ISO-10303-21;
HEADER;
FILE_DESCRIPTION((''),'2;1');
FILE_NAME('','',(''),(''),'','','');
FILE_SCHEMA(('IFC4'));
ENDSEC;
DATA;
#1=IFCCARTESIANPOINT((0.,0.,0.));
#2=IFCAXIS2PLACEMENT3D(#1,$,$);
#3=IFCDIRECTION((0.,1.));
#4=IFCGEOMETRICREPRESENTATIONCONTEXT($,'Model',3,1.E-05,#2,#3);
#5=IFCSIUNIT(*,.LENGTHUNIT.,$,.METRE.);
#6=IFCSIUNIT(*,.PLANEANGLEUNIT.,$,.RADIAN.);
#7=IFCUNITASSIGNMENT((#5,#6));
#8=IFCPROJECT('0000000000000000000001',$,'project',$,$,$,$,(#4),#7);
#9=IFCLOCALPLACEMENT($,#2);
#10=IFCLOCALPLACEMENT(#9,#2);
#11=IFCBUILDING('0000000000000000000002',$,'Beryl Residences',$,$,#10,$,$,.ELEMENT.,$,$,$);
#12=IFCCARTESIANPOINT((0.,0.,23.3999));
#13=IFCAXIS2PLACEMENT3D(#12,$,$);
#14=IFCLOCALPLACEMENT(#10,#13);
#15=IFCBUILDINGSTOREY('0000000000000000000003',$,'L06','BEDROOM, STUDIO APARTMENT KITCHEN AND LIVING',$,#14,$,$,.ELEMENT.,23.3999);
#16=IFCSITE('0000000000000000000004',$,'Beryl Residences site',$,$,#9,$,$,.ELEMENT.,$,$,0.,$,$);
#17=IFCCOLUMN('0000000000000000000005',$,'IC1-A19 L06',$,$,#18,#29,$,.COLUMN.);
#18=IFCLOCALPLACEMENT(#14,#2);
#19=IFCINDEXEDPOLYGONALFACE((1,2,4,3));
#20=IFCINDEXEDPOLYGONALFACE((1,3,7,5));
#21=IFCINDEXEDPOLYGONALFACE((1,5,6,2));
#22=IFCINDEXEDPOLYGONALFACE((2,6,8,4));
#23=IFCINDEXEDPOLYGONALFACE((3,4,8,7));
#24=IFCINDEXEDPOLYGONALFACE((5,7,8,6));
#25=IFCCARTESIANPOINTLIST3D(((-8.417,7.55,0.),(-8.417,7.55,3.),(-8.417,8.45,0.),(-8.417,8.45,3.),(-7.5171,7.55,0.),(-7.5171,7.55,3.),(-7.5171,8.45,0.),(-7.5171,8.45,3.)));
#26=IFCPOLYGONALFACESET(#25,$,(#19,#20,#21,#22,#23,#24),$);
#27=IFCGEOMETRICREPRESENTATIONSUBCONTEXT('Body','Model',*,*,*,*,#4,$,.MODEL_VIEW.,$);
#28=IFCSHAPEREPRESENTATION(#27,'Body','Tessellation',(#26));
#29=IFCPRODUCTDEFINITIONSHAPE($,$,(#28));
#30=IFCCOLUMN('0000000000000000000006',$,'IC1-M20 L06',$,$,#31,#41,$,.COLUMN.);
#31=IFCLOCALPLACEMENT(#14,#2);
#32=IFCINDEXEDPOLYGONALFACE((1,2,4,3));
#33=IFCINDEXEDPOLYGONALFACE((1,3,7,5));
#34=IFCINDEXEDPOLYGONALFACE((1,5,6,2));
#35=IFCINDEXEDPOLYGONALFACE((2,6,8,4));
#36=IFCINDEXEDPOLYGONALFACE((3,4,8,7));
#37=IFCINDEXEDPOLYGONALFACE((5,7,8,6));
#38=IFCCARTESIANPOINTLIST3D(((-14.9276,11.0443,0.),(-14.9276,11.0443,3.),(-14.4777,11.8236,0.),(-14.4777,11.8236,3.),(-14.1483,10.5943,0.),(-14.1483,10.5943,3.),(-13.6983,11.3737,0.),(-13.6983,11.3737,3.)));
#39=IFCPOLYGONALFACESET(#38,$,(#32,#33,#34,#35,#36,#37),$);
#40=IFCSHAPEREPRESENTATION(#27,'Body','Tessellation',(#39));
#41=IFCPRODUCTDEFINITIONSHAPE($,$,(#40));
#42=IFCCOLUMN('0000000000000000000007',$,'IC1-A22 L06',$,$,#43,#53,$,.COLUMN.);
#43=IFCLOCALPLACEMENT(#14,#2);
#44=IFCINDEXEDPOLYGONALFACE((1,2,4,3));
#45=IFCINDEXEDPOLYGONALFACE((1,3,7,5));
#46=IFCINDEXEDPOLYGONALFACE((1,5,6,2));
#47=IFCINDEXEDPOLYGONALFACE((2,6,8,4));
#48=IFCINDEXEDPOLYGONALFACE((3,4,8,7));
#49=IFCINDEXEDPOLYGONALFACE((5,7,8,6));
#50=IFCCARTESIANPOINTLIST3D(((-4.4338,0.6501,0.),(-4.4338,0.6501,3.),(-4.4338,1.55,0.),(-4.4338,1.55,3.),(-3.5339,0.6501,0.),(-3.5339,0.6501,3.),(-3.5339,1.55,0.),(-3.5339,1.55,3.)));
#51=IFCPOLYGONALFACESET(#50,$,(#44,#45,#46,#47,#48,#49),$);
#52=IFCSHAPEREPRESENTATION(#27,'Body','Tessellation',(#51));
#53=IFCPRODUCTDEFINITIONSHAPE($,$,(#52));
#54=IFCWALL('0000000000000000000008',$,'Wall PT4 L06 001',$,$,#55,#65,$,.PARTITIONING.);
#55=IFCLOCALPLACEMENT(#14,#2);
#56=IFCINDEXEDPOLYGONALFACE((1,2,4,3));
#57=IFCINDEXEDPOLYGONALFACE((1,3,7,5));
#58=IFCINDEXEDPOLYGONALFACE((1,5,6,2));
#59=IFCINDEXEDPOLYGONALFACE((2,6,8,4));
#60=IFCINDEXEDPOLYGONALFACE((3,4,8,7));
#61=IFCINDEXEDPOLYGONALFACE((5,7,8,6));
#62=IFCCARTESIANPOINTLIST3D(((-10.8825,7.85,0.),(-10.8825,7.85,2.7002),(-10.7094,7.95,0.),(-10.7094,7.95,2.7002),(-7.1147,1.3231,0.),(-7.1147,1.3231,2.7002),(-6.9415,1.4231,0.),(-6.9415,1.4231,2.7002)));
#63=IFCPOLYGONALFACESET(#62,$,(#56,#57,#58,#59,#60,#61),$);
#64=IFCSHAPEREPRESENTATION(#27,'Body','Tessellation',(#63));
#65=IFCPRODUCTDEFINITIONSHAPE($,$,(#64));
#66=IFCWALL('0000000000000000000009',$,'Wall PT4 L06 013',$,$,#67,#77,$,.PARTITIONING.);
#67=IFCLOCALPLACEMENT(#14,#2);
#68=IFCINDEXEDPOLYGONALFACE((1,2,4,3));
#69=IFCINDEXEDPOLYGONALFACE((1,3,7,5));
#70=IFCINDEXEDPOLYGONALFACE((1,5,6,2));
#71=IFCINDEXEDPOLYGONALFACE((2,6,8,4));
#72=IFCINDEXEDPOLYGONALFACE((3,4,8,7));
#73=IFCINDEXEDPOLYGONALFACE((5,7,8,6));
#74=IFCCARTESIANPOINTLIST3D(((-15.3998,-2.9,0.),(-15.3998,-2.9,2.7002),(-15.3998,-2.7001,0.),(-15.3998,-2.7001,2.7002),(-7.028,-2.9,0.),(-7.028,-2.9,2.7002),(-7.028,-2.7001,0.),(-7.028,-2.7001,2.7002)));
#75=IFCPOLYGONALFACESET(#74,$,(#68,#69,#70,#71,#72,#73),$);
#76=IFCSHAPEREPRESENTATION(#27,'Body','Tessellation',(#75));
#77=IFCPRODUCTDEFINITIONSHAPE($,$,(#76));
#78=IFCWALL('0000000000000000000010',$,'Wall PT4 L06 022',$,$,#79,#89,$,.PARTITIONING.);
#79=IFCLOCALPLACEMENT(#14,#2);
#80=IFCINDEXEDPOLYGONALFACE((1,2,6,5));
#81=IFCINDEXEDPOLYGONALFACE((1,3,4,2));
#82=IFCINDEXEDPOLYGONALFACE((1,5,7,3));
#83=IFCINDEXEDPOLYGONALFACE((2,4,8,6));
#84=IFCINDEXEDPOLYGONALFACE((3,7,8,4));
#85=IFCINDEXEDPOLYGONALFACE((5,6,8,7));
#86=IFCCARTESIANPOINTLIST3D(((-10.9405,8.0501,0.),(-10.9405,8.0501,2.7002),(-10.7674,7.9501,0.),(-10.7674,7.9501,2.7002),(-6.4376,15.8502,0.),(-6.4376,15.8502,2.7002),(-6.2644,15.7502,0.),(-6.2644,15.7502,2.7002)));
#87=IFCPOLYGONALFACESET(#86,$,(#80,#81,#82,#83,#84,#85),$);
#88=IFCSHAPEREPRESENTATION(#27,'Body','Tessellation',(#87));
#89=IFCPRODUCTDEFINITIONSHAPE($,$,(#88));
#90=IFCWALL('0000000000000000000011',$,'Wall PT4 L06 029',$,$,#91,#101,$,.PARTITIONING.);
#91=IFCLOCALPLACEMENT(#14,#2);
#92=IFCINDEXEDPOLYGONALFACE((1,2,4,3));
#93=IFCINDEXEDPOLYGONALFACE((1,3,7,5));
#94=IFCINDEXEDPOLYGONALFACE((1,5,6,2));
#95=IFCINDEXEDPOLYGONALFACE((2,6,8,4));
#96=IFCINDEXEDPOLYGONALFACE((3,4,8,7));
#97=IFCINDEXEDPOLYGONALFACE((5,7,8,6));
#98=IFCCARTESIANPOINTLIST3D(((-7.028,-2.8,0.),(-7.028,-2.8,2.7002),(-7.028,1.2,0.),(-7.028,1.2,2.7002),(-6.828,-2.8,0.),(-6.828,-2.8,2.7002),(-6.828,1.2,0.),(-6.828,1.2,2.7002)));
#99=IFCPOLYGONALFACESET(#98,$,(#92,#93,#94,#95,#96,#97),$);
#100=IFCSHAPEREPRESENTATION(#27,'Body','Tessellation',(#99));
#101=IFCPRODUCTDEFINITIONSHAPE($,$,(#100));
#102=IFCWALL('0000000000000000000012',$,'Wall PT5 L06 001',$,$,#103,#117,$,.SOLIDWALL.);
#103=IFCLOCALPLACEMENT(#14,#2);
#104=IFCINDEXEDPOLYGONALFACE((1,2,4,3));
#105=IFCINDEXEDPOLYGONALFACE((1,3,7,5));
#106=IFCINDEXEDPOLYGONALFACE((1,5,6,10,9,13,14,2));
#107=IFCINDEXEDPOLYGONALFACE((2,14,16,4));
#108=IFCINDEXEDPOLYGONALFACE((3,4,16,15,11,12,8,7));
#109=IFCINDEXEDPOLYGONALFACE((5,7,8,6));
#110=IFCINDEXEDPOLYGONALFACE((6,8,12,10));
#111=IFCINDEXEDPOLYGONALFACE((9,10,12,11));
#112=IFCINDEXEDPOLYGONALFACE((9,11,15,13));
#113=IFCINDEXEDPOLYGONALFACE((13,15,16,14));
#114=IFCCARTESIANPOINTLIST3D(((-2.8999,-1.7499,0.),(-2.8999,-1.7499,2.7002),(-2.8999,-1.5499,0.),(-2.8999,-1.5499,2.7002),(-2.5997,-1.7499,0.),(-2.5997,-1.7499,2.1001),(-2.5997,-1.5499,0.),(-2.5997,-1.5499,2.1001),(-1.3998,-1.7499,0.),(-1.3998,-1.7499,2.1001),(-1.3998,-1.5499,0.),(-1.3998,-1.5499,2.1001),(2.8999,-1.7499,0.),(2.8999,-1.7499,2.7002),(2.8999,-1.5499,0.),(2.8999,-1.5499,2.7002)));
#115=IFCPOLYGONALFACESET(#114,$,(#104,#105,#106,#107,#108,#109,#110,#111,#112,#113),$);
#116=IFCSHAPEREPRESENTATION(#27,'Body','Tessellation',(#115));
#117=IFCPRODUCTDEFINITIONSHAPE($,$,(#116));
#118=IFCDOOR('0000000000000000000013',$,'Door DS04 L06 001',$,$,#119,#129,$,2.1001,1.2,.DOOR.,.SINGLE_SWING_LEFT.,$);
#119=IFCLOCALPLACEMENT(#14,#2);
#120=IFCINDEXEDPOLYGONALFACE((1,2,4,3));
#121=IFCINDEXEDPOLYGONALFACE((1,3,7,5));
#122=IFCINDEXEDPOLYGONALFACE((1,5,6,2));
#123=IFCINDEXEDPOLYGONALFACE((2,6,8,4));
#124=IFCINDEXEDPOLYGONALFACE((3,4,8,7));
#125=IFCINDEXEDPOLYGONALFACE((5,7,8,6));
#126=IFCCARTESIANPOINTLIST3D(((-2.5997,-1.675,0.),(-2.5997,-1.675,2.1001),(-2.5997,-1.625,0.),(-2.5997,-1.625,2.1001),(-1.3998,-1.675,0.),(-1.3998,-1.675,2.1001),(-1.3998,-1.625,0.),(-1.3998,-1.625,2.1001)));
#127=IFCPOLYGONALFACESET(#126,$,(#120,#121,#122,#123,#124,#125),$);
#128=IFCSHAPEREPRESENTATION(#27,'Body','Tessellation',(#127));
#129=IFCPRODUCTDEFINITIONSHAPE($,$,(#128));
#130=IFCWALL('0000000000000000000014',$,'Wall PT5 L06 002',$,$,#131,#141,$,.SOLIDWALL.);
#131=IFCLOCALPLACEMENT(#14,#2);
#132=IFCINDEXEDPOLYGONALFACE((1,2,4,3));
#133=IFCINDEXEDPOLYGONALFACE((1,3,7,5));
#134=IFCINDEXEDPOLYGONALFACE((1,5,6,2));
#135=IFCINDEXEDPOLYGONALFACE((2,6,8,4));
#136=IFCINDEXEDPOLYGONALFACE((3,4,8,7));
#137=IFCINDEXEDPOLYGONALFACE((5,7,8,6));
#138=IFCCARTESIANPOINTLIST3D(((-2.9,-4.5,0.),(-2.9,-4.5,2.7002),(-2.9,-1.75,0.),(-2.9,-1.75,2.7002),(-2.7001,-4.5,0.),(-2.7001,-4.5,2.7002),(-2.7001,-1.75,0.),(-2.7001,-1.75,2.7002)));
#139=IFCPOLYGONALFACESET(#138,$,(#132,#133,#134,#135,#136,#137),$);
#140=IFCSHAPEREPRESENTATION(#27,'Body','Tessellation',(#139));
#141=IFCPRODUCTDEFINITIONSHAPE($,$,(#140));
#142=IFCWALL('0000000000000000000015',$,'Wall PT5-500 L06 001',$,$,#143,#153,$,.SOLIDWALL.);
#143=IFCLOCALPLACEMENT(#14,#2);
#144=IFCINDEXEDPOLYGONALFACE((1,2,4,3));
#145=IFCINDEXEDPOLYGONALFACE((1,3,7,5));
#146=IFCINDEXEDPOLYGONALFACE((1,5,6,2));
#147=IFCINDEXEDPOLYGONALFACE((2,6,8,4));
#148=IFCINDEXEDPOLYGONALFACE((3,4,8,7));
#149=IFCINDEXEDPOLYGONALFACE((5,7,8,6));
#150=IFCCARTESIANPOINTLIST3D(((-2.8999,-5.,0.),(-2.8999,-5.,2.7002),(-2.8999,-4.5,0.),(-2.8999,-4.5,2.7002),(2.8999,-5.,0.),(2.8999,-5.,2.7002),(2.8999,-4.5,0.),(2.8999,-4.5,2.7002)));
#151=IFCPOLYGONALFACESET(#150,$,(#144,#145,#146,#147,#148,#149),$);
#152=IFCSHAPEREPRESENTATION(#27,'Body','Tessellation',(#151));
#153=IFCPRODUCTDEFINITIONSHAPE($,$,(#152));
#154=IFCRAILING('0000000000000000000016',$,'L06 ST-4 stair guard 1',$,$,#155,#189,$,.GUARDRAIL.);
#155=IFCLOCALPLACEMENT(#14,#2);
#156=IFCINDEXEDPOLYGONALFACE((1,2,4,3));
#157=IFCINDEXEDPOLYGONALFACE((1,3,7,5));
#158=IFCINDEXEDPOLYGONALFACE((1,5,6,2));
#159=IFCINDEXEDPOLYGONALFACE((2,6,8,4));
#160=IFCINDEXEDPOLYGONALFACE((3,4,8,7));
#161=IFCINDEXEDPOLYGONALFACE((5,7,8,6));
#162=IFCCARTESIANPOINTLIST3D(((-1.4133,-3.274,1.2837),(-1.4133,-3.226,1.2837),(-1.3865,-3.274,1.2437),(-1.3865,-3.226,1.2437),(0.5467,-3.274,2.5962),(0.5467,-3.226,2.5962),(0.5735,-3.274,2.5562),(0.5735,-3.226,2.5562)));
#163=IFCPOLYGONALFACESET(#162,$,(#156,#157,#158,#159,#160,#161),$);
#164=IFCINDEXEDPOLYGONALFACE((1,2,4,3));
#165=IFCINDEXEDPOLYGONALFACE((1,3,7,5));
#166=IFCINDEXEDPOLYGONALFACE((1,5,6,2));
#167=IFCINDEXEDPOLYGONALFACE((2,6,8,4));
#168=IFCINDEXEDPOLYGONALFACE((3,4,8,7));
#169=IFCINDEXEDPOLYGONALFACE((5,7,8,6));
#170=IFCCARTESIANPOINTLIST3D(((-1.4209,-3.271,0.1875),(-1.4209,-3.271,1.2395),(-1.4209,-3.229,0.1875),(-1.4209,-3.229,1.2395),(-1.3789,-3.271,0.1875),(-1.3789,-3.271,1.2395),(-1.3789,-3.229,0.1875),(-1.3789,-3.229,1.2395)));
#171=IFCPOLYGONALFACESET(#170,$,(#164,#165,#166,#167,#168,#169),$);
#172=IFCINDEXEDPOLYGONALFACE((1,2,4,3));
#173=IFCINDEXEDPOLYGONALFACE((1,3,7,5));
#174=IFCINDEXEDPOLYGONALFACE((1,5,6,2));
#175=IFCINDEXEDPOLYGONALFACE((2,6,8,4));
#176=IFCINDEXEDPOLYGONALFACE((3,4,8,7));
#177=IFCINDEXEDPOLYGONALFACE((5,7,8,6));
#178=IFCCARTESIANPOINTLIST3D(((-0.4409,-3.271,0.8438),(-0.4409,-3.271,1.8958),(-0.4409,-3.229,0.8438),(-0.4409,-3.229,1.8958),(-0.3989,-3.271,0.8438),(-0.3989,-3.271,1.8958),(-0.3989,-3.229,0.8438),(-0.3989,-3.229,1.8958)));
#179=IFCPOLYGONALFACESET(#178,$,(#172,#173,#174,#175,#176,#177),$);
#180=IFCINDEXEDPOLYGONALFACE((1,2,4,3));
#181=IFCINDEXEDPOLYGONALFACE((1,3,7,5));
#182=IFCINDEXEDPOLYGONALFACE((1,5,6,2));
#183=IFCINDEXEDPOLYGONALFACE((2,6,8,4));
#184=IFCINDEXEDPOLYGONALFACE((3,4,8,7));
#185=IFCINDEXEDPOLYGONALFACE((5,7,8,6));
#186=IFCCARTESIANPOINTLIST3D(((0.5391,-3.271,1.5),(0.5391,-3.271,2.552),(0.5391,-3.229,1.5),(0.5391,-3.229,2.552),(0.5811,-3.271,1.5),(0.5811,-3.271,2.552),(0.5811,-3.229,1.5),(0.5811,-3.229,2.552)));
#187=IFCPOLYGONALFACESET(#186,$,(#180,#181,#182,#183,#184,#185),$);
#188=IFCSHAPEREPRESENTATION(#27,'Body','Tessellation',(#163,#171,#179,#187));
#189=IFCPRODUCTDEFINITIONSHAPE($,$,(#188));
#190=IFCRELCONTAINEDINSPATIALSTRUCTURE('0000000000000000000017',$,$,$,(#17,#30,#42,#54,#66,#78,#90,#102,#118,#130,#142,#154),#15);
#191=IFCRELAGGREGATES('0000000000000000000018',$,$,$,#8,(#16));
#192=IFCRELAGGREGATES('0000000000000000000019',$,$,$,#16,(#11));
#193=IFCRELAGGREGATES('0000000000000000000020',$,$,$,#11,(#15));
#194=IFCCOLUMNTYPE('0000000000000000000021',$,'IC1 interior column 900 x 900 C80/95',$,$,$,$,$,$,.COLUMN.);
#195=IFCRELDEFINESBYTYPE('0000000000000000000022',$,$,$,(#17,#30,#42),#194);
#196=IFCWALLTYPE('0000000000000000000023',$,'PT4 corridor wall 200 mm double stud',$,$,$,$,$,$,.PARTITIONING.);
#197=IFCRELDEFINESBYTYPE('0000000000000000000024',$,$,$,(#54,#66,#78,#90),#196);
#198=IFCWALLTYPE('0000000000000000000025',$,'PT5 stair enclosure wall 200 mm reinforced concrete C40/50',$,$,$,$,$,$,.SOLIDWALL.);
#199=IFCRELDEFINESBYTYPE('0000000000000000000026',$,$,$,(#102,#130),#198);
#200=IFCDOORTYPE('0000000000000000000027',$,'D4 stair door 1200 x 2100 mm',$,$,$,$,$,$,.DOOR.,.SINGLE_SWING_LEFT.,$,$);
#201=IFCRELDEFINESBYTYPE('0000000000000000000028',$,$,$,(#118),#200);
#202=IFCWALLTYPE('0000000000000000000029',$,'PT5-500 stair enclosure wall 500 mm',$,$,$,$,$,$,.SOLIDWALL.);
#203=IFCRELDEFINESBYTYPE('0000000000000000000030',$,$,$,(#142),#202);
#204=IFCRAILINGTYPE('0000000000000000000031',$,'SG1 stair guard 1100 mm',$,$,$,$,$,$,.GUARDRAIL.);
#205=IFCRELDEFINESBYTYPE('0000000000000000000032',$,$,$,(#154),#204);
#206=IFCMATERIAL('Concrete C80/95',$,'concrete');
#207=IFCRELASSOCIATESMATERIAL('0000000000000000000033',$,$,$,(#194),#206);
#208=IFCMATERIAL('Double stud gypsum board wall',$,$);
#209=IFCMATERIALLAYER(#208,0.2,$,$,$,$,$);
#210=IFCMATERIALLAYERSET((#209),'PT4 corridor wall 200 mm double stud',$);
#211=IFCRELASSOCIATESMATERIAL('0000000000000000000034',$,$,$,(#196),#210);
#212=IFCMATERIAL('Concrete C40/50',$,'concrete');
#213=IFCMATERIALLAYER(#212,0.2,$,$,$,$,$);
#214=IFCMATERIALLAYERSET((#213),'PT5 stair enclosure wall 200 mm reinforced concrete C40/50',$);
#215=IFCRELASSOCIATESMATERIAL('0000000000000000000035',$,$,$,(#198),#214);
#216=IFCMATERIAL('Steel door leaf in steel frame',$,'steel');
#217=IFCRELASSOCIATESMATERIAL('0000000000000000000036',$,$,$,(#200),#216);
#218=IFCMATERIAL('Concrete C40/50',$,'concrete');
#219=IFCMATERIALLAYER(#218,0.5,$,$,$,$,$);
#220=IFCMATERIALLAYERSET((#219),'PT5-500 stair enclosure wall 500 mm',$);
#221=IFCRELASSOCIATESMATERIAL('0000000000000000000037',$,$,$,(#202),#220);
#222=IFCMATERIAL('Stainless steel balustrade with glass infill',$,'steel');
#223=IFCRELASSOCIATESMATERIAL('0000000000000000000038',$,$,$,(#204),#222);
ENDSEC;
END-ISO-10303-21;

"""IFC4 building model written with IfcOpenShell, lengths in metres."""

from ifc_helpers import new_model, si_unit, direction, frame, frame_2d, origin, origin_2d, place, context, subcontext, project, spatial, rectangle, extrude, material, layer, layer_set, material_profile, profile_set, type_object, element, fill, save


model = new_model("IFC4")

# Units and contexts
model_context = context("Model", 3, precision=1e-05, world=origin(), true_north=direction((0.0, 1.0)))
body_context = subcontext(model_context, "Body", "Model", "MODEL_VIEW")
ifc_project = project(units=[si_unit("LENGTHUNIT", "METRE"), si_unit("PLANEANGLEUNIT", "RADIAN")], contexts=[model_context])

# Site, building, storey
site_placement = place(None, origin())
site = spatial("IfcSite", under=ifc_project, at=site_placement, Name="Beryl Residences site", CompositionType="ELEMENT", RefElevation=0.0)
building_placement = place(site_placement, origin())
building = spatial("IfcBuilding", under=site, at=building_placement, Name="Beryl Residences", CompositionType="ELEMENT")
storey_placement = place(building_placement, frame((0.0, 0.0, 23.3999)))
storey = spatial("IfcBuildingStorey", under=building, at=storey_placement, Name="L06", Description="BEDROOM, STUDIO APARTMENT KITCHEN AND LIVING", CompositionType="ELEMENT", Elevation=23.3999)

# Columns
ifc_material_1 = material(Name="Concrete C80/95", Category="concrete")
ifc_material_profile = material_profile(ifc_material_1, rectangle(XDim=0.8999, YDim=0.8999, at=origin_2d()))
ifc_profile_set = profile_set([ifc_material_profile], Name="Concrete C80/95")
column_type = type_object("IfcColumnType", Name="IC1 interior column 900 x 900 C80/95", PredefinedType="COLUMN", material=ifc_profile_set)
for number, where, z_axis, x_axis, name in (
    (1, (-7.967, 8.0, 0.0), (0.0, 0.0, 1.0), (1.0, 0.0, 0.0), "IC1-A19 L06"),
    (2, (-14.313, 11.209, 0.0), (0.0, 0.0, 1.0), (-0.499985, -0.866034, 0.0), "IC1-M20 L06"),
    (3, (-3.9839, 1.1001, 0.0), (0.0, 0.0, 1.0), (1.0, 0.0, 0.0), "IC1-A22 L06"),
):
    element("IfcColumn", number, at=place(storey_placement, frame(where, z_axis=z_axis, x_axis=x_axis)), inside=storey, type_object=column_type, Name=name, PredefinedType="COLUMN", context=body_context, shape_type="SweptSolid", body=[
        extrude(rectangle(XDim=0.8999, YDim=0.8999, at=origin_2d()), origin(), (0.0, 0.0, 1.0), 3.0),
    ])

# Walls
ifc_material_2 = material(Name="Double stud gypsum board wall")
ifc_layer_1 = layer(ifc_material_2, 0.2)
ifc_layer_set_1 = layer_set([ifc_layer_1], Name="PT4 corridor wall 200 mm double stud")
wall_type_1 = type_object("IfcWallType", Name="PT4 corridor wall 200 mm double stud", PredefinedType="PARTITIONING", material=ifc_layer_set_1)
wall_1_placement = place(storey_placement, frame((-10.7959, 7.8999, 0.0), z_axis=(0.0, 0.0, 1.0), x_axis=(0.499954, -0.866052, 0.0)))
element("IfcWall", 4, at=wall_1_placement, inside=storey, type_object=wall_type_1, Name="Wall PT4 L06 001", PredefinedType="PARTITIONING", context=body_context, shape_type="SweptSolid", body=[
    extrude(rectangle(XDim=7.5364, YDim=0.2, at=frame_2d((3.7681, 0.0))), origin(), (0.0, 0.0, 1.0), 2.7002),
])
wall_2_placement = place(storey_placement, frame((-15.3999, -2.8, 0.0), z_axis=(0.0, 0.0, 1.0), x_axis=(1.0, 0.0, 0.0)))
element("IfcWall", 5, at=wall_2_placement, inside=storey, type_object=wall_type_1, Name="Wall PT4 L06 013", PredefinedType="PARTITIONING", context=body_context, shape_type="SweptSolid", body=[
    extrude(rectangle(XDim=8.3718, YDim=0.2, at=frame_2d((4.186, 0.0))), origin(), (0.0, 0.0, 1.0), 2.7002),
])
wall_3_placement = place(storey_placement, frame((-10.854, 8.0, 0.0), z_axis=(0.0, 0.0, 1.0), x_axis=(0.499964, 0.866046, 0.0)))
element("IfcWall", 6, at=wall_3_placement, inside=storey, type_object=wall_type_1, Name="Wall PT4 L06 022", PredefinedType="PARTITIONING", context=body_context, shape_type="SweptSolid", body=[
    extrude(rectangle(XDim=9.0066, YDim=0.2, at=frame_2d((4.5034, 0.0))), origin(), (0.0, 0.0, 1.0), 2.7002),
])
wall_4_placement = place(storey_placement, frame((-6.928, -2.8, 0.0), z_axis=(0.0, 0.0, 1.0), x_axis=(0.0, 1.0, 0.0)))
element("IfcWall", 7, at=wall_4_placement, inside=storey, type_object=wall_type_1, Name="Wall PT4 L06 029", PredefinedType="PARTITIONING", context=body_context, shape_type="SweptSolid", body=[
    extrude(rectangle(XDim=4.0, YDim=0.2, at=frame_2d((2.0, 0.0))), origin(), (0.0, 0.0, 1.0), 2.7002),
])

# Wall, opening, door
ifc_material_3 = material(Name="Concrete C40/50", Category="concrete")
ifc_layer_2 = layer(ifc_material_3, 0.2)
ifc_layer_set_2 = layer_set([ifc_layer_2], Name="PT5 stair enclosure wall 200 mm reinforced concrete C40/50")
wall_type_2 = type_object("IfcWallType", Name="PT5 stair enclosure wall 200 mm reinforced concrete C40/50", PredefinedType="SOLIDWALL", material=ifc_layer_set_2)
wall_5_placement = place(storey_placement, frame((-2.8999, -1.6499, 0.0), z_axis=(0.0, 0.0, 1.0), x_axis=(1.0, 0.0, 0.0)))
wall_5 = element("IfcWall", 8, at=wall_5_placement, inside=storey, type_object=wall_type_2, Name="Wall PT5 L06 001", PredefinedType="SOLIDWALL", context=body_context, shape_type="SweptSolid", body=[
    extrude(rectangle(XDim=5.7998, YDim=0.2, at=frame_2d((2.8999, 0.0))), origin(), (0.0, 0.0, 1.0), 2.7002),
])
opening_placement = place(wall_5_placement, frame((0.3, 0.0, 0.0)))
opening = element("IfcOpeningElement", 9, at=opening_placement, cuts=wall_5, PredefinedType="OPENING", context=body_context, shape_type="SweptSolid", body=[
    extrude(rectangle(XDim=1.2, YDim=2.1001, at=frame_2d((0.6001, 1.05))), frame((0.0, 0.1099, 0.0), z_axis=(0.0, -1.0, 0.0), x_axis=(1.0, 0.0, 0.0)), (0.0, 0.0, 1.0), 0.22),
])
ifc_material_4 = material(Name="Steel door leaf in steel frame", Category="steel")
door_type = type_object("IfcDoorType", Name="D4 stair door 1200 x 2100 mm", OperationType="SINGLE_SWING_LEFT", PredefinedType="DOOR", material=ifc_material_4)
door_placement = place(opening_placement, origin())
door = element("IfcDoor", 10, at=door_placement, inside=storey, type_object=door_type, Name="Door DS04 L06 001", OperationType="SINGLE_SWING_LEFT", OverallHeight=2.1001, OverallWidth=1.2, PredefinedType="DOOR", context=body_context, shape_type="SweptSolid", body=[
    extrude(rectangle(XDim=1.2, YDim=2.1001, at=frame_2d((0.6001, 1.05))), frame((0.0, 0.0249, 0.0), z_axis=(0.0, -1.0, 0.0), x_axis=(1.0, 0.0, 0.0)), (0.0, 0.0, 1.0), 0.05),
])
fill(opening, door)

# Walls
wall_6_placement = place(storey_placement, frame((-2.8, -4.5, 0.0), z_axis=(0.0, 0.0, 1.0), x_axis=(0.0, 1.0, 0.0)))
element("IfcWall", 11, at=wall_6_placement, inside=storey, type_object=wall_type_2, Name="Wall PT5 L06 002", PredefinedType="SOLIDWALL", context=body_context, shape_type="SweptSolid", body=[
    extrude(rectangle(XDim=2.75, YDim=0.2, at=frame_2d((1.375, 0.0))), origin(), (0.0, 0.0, 1.0), 2.7002),
])
ifc_material_5 = material(Name="Concrete C40/50", Category="concrete")
ifc_layer_3 = layer(ifc_material_5, 0.5)
ifc_layer_set_3 = layer_set([ifc_layer_3], Name="PT5-500 stair enclosure wall 500 mm")
wall_type_3 = type_object("IfcWallType", Name="PT5-500 stair enclosure wall 500 mm", PredefinedType="SOLIDWALL", material=ifc_layer_set_3)
wall_7_placement = place(storey_placement, frame((-2.8999, -4.75, 0.0), z_axis=(0.0, 0.0, 1.0), x_axis=(1.0, 0.0, 0.0)))
element("IfcWall", 12, at=wall_7_placement, inside=storey, type_object=wall_type_3, Name="Wall PT5-500 L06 001", PredefinedType="SOLIDWALL", context=body_context, shape_type="SweptSolid", body=[
    extrude(rectangle(XDim=5.7998, YDim=0.5, at=frame_2d((2.8999, 0.0))), origin(), (0.0, 0.0, 1.0), 2.7002),
])

# Railing
ifc_material_6 = material(Name="Stainless steel balustrade with glass infill", Category="steel")
railing_type_1 = type_object("IfcRailingType", Name="SG1 stair guard 1100 mm", PredefinedType="GUARDRAIL", material=ifc_material_6)
railing_1_placement = place(storey_placement, frame((-1.3999, -3.25, 0.1875)))
element("IfcRailing", 13, at=railing_1_placement, inside=storey, type_object=railing_type_1, Name="L06 ST-4 stair guard 1", PredefinedType="GUARDRAIL", context=body_context, shape_type="SweptSolid", body=[
    extrude(rectangle(XDim=0.0481, YDim=0.0481, at=origin_2d()), frame((0.0, 0.0, 1.0762), z_axis=(0.830902, 0.0, 0.556419), x_axis=(0.0, 1.0, 0.0)), (0.0, 0.0, 1.0), 2.3589),
    extrude(rectangle(XDim=0.042, YDim=0.042, at=origin_2d()), origin(), (0.0, 0.0, 1.0), 1.052),
    extrude(rectangle(XDim=0.042, YDim=0.042, at=origin_2d()), frame((0.98, 0.0, 0.6562)), (0.0, 0.0, 1.0), 1.052),
    extrude(rectangle(XDim=0.042, YDim=0.042, at=origin_2d()), frame((1.96, 0.0, 1.3125)), (0.0, 0.0, 1.0), 1.052),
])

save(model, "model.ifc")
